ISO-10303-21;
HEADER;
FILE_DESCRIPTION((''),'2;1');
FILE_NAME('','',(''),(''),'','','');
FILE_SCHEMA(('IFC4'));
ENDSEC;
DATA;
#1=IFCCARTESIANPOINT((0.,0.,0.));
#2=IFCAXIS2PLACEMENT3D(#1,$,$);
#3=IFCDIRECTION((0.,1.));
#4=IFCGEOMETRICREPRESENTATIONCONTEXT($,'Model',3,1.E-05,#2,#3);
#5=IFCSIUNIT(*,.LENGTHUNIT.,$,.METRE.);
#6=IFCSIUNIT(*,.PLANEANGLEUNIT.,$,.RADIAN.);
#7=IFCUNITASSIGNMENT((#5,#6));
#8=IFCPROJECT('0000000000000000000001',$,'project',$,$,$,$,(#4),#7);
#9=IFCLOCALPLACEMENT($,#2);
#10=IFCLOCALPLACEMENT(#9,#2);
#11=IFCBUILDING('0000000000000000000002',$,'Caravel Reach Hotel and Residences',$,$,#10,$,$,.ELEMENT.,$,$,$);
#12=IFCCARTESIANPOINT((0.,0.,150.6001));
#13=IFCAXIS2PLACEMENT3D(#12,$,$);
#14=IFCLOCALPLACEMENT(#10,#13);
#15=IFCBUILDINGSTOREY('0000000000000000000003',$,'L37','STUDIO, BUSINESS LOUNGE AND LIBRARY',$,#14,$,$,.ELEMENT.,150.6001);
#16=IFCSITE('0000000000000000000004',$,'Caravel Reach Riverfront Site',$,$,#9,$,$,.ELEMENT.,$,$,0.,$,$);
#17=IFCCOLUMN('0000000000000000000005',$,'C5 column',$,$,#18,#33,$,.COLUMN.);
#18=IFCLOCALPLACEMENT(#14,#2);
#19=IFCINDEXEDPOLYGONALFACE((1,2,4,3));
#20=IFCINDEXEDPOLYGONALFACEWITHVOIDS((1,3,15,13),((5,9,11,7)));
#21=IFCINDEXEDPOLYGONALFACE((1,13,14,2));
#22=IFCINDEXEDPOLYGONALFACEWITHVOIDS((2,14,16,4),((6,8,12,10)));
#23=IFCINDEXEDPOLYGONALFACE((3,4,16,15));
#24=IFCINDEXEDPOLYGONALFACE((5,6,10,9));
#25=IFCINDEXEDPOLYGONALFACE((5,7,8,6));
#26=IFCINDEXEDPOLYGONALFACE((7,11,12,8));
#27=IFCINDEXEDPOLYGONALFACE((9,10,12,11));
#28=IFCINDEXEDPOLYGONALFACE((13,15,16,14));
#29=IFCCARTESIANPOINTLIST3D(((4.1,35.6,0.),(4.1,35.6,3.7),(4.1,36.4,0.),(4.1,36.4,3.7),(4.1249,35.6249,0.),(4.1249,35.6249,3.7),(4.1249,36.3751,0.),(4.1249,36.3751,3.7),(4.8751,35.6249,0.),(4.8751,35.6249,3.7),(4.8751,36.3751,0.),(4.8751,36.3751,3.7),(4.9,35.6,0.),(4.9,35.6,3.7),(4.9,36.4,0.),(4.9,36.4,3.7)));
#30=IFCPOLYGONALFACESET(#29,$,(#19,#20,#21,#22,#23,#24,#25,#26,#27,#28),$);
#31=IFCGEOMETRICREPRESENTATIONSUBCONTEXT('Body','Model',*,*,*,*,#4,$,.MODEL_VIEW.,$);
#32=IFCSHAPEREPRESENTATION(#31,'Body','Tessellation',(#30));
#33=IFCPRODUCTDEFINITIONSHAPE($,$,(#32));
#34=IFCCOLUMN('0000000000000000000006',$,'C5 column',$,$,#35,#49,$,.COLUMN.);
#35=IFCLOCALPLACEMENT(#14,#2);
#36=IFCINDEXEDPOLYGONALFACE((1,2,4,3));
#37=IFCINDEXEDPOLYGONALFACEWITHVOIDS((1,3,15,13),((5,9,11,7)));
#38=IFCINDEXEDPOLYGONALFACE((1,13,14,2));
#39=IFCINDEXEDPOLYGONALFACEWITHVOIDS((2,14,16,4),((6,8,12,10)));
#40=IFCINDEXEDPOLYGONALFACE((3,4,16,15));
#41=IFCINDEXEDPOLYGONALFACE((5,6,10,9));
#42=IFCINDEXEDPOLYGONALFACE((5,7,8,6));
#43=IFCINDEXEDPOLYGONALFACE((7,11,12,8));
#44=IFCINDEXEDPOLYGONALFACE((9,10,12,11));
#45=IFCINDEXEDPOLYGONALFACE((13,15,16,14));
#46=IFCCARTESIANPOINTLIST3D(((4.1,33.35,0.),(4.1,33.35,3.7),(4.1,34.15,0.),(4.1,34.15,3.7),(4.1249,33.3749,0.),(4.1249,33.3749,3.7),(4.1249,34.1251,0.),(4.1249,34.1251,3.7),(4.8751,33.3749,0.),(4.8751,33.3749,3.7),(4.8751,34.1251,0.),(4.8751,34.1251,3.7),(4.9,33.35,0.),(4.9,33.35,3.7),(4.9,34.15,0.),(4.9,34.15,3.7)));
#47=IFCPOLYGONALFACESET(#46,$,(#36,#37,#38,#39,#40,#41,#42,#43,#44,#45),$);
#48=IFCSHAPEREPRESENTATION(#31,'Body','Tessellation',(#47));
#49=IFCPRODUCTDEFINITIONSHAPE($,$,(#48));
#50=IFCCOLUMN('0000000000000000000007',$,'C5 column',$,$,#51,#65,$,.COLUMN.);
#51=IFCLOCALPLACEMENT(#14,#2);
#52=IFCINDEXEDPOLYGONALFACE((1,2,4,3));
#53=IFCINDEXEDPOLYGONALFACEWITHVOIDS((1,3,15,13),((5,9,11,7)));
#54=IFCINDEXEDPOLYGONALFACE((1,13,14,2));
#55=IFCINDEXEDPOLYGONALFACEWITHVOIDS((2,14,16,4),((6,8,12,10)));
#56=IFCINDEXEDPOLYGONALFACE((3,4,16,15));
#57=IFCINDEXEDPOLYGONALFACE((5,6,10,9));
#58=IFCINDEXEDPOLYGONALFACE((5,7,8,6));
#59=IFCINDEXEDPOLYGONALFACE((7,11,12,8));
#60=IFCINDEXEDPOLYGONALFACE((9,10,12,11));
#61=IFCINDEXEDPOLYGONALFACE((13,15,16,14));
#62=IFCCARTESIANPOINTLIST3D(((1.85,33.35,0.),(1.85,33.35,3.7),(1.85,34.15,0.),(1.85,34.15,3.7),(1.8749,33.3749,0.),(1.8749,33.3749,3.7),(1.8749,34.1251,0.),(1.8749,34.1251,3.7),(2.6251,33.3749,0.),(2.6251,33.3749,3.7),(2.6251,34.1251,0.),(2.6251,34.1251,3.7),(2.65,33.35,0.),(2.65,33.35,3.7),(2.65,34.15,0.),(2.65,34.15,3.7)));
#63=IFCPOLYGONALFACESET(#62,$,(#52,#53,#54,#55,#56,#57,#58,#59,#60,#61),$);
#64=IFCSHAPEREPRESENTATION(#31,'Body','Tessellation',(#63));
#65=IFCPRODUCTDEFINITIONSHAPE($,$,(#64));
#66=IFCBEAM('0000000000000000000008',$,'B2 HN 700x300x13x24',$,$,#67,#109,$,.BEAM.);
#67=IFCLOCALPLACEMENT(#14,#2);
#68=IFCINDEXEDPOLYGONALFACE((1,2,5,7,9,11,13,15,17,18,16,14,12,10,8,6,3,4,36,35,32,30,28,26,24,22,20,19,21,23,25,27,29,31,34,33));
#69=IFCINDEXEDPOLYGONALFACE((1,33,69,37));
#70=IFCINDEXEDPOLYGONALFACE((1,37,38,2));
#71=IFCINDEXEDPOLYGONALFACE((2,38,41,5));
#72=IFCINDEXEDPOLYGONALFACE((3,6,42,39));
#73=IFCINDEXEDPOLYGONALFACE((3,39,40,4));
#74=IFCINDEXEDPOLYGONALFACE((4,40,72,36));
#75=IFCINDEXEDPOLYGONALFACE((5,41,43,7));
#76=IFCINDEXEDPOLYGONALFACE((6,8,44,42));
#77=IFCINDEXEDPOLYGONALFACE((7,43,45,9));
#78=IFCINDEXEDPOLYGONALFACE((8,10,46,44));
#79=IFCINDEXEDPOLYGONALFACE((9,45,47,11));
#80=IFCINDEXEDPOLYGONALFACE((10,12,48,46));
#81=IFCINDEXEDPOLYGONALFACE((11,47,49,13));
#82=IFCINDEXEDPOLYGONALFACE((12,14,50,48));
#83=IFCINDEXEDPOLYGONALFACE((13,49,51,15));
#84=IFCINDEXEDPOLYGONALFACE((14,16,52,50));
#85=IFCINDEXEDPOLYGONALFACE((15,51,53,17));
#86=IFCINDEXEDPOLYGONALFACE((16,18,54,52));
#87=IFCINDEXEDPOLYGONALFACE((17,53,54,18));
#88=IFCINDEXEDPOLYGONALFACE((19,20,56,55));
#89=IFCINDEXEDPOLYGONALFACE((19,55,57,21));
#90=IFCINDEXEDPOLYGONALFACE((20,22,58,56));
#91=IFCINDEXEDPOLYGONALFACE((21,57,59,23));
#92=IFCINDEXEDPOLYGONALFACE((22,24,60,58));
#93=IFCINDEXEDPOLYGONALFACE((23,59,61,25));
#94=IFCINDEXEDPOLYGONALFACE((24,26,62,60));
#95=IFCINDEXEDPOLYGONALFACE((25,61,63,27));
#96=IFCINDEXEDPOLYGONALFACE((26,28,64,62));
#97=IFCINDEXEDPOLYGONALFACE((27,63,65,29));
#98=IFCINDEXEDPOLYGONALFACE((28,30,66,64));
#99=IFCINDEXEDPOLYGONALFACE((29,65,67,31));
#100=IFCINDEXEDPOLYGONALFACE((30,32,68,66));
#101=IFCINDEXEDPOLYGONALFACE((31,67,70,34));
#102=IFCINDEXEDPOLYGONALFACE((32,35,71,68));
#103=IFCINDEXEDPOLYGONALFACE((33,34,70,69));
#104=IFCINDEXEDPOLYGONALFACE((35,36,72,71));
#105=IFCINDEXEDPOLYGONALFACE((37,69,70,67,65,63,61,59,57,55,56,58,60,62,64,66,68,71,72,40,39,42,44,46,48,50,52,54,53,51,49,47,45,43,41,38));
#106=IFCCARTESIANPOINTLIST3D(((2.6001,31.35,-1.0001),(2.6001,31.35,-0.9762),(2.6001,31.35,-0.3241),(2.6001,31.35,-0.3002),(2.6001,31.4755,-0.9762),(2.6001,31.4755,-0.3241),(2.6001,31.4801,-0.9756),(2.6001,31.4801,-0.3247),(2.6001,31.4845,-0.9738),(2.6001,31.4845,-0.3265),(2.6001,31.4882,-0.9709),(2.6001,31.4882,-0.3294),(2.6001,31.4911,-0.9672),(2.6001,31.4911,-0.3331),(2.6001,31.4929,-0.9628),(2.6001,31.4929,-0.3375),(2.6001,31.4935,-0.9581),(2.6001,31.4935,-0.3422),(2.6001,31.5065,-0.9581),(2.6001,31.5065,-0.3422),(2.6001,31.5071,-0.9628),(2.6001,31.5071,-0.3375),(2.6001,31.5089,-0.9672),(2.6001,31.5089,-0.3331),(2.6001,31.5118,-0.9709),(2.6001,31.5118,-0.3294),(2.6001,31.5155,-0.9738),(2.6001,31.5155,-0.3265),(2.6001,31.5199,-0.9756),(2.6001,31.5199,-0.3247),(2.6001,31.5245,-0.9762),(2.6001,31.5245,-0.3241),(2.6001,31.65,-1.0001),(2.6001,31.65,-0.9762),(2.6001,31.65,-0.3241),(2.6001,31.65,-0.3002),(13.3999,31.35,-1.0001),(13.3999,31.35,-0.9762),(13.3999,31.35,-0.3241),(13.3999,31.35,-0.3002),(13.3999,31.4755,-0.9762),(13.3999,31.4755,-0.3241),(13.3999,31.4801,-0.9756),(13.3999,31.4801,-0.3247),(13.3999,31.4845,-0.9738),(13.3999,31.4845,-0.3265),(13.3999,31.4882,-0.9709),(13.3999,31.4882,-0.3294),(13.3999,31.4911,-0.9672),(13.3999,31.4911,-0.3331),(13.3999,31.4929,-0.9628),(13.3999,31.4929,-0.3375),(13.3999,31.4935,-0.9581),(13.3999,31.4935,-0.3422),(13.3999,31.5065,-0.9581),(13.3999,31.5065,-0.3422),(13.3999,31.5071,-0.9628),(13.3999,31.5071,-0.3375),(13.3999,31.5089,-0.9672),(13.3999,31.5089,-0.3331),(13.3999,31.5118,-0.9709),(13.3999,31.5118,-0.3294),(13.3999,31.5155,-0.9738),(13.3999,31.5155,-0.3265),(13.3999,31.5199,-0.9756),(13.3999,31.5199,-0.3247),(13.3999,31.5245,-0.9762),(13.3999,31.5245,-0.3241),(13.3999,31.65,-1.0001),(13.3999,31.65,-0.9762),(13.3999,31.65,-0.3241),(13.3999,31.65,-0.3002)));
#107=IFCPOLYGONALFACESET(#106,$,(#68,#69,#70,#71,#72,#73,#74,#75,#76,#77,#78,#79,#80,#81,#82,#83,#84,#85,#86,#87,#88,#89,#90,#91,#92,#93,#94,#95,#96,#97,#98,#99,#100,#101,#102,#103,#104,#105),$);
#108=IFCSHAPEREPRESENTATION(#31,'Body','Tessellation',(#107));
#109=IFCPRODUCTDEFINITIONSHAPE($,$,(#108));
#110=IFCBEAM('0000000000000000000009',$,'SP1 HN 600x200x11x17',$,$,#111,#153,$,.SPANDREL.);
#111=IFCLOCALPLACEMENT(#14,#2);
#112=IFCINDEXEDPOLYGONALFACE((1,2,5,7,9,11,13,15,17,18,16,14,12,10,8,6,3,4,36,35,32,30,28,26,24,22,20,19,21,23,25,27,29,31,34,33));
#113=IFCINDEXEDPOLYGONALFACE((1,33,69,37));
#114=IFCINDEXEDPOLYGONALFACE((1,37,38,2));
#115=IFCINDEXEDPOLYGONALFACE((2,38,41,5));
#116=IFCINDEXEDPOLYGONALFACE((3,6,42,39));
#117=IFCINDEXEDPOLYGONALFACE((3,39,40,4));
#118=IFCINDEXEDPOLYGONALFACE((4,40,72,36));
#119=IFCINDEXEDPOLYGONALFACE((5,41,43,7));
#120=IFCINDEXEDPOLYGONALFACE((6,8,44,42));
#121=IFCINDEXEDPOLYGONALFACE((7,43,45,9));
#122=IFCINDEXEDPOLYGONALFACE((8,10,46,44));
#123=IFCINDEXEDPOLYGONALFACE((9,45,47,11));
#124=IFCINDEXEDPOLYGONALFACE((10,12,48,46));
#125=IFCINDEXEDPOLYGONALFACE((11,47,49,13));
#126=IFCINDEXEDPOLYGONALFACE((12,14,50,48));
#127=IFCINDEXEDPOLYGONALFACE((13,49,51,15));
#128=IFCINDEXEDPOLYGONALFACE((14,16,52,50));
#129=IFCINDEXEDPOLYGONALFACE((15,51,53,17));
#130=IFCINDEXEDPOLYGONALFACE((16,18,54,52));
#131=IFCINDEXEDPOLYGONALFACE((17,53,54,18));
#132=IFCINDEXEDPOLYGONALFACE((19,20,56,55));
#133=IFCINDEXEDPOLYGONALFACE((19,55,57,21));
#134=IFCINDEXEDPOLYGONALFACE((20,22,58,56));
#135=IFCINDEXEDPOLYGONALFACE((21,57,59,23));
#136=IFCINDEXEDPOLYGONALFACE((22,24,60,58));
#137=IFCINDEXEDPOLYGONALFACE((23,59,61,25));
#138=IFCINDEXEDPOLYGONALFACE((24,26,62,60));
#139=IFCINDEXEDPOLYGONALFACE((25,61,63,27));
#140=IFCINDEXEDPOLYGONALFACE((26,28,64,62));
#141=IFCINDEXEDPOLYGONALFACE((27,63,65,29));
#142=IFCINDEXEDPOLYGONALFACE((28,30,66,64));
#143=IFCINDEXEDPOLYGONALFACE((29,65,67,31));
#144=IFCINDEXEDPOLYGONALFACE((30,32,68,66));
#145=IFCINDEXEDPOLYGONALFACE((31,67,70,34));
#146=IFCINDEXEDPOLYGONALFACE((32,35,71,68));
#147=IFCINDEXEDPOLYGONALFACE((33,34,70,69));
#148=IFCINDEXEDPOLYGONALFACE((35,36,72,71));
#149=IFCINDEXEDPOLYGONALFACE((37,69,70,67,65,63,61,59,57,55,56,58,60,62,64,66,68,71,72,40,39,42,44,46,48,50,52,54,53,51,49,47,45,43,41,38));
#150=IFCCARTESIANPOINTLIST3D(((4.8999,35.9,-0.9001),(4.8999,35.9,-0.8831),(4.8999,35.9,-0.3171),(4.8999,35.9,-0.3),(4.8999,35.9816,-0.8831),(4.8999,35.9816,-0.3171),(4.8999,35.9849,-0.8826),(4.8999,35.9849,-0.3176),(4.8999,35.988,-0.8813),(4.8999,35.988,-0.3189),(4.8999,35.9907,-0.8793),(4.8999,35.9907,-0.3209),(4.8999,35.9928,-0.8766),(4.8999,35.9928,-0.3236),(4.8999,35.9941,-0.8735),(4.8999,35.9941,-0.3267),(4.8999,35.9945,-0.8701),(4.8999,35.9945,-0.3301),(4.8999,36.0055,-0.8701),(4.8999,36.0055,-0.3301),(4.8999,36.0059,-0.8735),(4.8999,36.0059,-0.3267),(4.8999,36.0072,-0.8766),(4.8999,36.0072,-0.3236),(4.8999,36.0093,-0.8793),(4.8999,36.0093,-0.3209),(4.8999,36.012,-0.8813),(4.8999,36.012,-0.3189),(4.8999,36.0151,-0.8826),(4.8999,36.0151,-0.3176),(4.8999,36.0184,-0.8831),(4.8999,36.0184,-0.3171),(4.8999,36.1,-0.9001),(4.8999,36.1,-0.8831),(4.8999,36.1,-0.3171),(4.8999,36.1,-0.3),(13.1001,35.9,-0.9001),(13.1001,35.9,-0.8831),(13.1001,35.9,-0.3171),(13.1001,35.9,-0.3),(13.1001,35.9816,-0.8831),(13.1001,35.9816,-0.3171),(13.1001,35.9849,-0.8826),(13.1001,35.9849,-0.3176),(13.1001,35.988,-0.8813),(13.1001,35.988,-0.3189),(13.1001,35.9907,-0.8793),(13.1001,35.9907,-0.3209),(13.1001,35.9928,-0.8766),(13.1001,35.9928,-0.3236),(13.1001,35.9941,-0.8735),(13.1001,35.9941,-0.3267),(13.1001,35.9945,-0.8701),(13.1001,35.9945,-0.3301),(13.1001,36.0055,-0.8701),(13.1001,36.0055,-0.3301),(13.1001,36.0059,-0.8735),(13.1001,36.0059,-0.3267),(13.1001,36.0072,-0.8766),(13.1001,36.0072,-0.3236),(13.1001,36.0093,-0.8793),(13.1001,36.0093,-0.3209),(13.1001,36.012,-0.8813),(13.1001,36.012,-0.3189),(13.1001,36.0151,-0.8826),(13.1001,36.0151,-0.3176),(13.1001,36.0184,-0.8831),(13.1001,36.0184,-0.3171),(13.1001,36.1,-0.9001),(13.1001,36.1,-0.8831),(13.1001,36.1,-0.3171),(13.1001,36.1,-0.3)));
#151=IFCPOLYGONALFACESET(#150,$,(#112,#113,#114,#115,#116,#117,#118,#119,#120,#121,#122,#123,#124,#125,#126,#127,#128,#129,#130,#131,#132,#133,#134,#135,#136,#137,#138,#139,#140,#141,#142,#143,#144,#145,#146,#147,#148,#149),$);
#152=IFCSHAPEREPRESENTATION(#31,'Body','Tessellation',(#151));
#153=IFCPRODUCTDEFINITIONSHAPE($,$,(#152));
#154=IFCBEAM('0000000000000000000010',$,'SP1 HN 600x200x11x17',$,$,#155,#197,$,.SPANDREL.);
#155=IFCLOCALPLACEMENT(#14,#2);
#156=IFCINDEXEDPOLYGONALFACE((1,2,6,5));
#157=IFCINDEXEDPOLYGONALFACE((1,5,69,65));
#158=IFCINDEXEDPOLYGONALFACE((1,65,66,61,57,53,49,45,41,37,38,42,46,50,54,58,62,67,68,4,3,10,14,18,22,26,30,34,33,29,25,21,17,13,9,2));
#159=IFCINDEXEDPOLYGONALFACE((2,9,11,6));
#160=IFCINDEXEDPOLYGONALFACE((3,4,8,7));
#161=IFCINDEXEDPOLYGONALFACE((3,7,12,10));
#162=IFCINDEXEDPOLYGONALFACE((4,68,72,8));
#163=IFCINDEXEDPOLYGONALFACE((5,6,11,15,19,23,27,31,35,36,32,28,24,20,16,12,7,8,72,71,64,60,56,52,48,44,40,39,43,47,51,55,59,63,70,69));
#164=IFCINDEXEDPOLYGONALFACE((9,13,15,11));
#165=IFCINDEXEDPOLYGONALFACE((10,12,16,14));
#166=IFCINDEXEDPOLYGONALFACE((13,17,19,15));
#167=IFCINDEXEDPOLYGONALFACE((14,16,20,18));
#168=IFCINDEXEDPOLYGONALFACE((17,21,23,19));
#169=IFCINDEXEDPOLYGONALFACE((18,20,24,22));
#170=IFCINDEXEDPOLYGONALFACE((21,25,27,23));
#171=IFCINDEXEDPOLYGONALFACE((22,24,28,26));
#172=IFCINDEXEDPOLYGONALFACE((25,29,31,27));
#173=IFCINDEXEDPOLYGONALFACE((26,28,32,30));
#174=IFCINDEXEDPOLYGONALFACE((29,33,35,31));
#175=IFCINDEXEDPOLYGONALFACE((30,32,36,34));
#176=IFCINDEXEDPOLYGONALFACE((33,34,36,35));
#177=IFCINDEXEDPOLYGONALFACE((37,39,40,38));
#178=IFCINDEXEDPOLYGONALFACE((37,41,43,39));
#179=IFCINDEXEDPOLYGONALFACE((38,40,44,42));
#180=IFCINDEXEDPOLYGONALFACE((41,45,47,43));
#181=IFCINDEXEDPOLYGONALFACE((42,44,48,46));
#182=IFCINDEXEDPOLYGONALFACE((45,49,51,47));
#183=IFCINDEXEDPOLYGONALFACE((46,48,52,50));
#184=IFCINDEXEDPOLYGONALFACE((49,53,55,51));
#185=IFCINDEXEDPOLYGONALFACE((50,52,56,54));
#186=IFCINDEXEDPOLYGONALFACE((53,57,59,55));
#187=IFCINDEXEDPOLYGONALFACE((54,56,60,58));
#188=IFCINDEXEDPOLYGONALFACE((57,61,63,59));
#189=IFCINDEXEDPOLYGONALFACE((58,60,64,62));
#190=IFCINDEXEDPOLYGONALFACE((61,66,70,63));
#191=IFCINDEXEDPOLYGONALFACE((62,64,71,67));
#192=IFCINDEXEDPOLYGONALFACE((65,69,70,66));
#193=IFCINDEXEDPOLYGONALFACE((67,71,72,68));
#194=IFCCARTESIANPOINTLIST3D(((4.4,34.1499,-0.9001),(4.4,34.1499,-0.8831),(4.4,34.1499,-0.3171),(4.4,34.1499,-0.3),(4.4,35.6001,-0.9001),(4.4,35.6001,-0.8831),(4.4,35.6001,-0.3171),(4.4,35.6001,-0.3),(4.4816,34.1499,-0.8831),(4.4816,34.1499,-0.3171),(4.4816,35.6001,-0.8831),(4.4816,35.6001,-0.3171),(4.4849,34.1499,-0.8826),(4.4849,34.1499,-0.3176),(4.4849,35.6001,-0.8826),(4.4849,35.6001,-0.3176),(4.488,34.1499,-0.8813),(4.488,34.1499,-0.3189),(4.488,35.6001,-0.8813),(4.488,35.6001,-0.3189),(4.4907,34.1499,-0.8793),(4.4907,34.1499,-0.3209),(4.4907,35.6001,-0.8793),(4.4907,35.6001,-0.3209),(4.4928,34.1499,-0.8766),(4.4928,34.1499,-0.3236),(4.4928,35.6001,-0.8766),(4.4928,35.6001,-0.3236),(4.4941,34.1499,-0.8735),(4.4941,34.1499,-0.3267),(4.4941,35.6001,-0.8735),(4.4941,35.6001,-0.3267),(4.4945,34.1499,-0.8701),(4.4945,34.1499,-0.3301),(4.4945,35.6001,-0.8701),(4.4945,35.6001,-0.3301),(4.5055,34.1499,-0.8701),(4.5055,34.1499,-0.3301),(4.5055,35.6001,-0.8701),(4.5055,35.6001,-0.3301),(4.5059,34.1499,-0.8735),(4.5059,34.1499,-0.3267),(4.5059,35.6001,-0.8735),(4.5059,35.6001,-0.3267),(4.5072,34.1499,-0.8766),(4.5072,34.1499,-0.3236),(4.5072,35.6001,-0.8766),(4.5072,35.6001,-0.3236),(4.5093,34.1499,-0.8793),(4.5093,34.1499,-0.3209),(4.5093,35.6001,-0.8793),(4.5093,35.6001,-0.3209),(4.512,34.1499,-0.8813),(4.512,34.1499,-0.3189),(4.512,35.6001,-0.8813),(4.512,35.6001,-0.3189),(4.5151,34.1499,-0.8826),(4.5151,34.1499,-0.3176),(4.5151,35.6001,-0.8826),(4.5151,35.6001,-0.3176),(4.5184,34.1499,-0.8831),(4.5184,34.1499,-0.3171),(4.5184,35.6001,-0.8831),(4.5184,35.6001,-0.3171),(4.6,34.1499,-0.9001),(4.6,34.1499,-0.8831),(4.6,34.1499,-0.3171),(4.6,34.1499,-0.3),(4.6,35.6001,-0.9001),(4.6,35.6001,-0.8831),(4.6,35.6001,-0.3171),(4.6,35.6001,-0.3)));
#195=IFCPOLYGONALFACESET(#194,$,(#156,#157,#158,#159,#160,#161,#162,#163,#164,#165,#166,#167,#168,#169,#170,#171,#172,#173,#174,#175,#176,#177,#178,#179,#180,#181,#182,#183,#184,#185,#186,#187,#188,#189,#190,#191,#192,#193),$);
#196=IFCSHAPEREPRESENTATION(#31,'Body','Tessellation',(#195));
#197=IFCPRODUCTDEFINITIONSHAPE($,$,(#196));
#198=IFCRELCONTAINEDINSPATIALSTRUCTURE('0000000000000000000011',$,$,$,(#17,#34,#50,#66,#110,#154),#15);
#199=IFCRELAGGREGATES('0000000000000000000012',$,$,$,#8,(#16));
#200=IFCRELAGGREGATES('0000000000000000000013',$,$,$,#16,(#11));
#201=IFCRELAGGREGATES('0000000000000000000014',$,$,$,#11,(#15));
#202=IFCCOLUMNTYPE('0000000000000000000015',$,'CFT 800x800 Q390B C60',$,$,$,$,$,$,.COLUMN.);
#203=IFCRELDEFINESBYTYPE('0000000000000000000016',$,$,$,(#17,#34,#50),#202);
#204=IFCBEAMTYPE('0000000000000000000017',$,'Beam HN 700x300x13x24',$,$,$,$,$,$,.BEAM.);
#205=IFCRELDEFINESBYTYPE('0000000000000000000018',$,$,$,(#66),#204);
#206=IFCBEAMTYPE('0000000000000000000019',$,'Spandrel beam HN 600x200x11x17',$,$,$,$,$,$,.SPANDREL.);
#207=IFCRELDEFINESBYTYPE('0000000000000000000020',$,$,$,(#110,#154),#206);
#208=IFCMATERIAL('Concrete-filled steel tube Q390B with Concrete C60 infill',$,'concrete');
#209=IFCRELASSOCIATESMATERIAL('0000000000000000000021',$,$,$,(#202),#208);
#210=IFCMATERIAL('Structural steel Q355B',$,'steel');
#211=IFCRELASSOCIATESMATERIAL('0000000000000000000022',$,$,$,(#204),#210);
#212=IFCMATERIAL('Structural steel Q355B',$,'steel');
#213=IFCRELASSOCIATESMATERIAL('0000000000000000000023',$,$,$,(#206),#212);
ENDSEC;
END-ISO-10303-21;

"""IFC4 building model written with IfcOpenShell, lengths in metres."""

from ifc_helpers import new_model, si_unit, direction, frame, origin, origin_2d, place, context, subcontext, project, spatial, hollow_rectangle, i_section, extrude, material, material_profile, profile_set, type_object, element, save


model = new_model("IFC4")

# Units and contexts
model_context = context("Model", 3, precision=1e-05, world=origin(), true_north=direction((0.0, 1.0)))
body_context = subcontext(model_context, "Body", "Model", "MODEL_VIEW")
ifc_project = project(units=[si_unit("LENGTHUNIT", "METRE"), si_unit("PLANEANGLEUNIT", "RADIAN")], contexts=[model_context])

# Site, building, storey
site_placement = place(None, origin())
site = spatial("IfcSite", under=ifc_project, at=site_placement, Name="Caravel Reach Riverfront Site", CompositionType="ELEMENT", RefElevation=0.0)
building_placement = place(site_placement, origin())
building = spatial("IfcBuilding", under=site, at=building_placement, Name="Caravel Reach Hotel and Residences", CompositionType="ELEMENT")
storey_placement = place(building_placement, frame((0.0, 0.0, 150.6001)))
storey = spatial("IfcBuildingStorey", under=building, at=storey_placement, Name="L37", Description="STUDIO, BUSINESS LOUNGE AND LIBRARY", CompositionType="ELEMENT", Elevation=150.6001)

# Columns
ifc_material_1 = material(Name="Concrete-filled steel tube Q390B with Concrete C60 infill", Category="concrete")
ifc_material_profile_1 = material_profile(ifc_material_1, hollow_rectangle(XDim=0.8, YDim=0.8, WallThickness=0.0249, at=origin_2d()), Name="RHS 800x800x25")
ifc_profile_set_1 = profile_set([ifc_material_profile_1], Name="Concrete-filled steel tube Q390B with Concrete C60 infill")
column_type = type_object("IfcColumnType", Name="CFT 800x800 Q390B C60", PredefinedType="COLUMN", material=ifc_profile_set_1)
for number, where, z_axis, x_axis, name in (
    (1, (4.5, 36.0, 0.0), (0.0, 0.0, 1.0), (1.0, 0.0, 0.0), "C5 column"),
    (2, (4.5, 33.75, 0.0), (0.0, 0.0, 1.0), (1.0, 0.0, 0.0), "C5 column"),
    (3, (2.25, 33.75, 0.0), (0.0, 0.0, 1.0), (1.0, 0.0, 0.0), "C5 column"),
):
    element("IfcColumn", number, at=place(storey_placement, frame(where, z_axis=z_axis, x_axis=x_axis)), inside=storey, type_object=column_type, Name=name, PredefinedType="COLUMN", context=body_context, shape_type="SweptSolid", body=[
        extrude(hollow_rectangle(XDim=0.8, YDim=0.8, WallThickness=0.0249, at=origin_2d()), origin(), (0.0, 0.0, 1.0), 3.7),
    ])

# Beams
ifc_material_2 = material(Name="Structural steel Q355B", Category="steel")
ifc_material_profile_2 = material_profile(ifc_material_2, i_section(OverallWidth=0.3, OverallDepth=0.7, WebThickness=0.0129, FlangeThickness=0.0239, FilletRadius=0.0181, at=origin_2d()), Name="HN 700x300x13x24")
ifc_profile_set_2 = profile_set([ifc_material_profile_2], Name="Structural steel Q355B")
beam_type_1 = type_object("IfcBeamType", Name="Beam HN 700x300x13x24", PredefinedType="BEAM", material=ifc_profile_set_2)
beam_1_placement = place(storey_placement, frame((13.3999, 31.5, -0.6501), z_axis=(-1.0, 0.0, 0.0), x_axis=(0.0, -1.0, 0.0)))
element("IfcBeam", 4, at=beam_1_placement, inside=storey, type_object=beam_type_1, Name="B2 HN 700x300x13x24", PredefinedType="BEAM", context=body_context, shape_type="SweptSolid", body=[
    extrude(i_section(OverallWidth=0.3, OverallDepth=0.7, WebThickness=0.0129, FlangeThickness=0.0239, FilletRadius=0.0181, at=origin_2d()), origin(), (0.0, 0.0, 1.0), 10.7998),
])
ifc_material_3 = material(Name="Structural steel Q355B", Category="steel")
ifc_material_profile_3 = material_profile(ifc_material_3, i_section(OverallWidth=0.2, OverallDepth=0.6001, WebThickness=0.011, FlangeThickness=0.0171, FilletRadius=0.0129, at=origin_2d()), Name="HN 600x200x11x17")
ifc_profile_set_3 = profile_set([ifc_material_profile_3], Name="Structural steel Q355B")
beam_type_2 = type_object("IfcBeamType", Name="Spandrel beam HN 600x200x11x17", PredefinedType="SPANDREL", material=ifc_profile_set_3)
beam_2_placement = place(storey_placement, frame((13.1001, 36.0, -0.6001), z_axis=(-1.0, 0.0, 0.0), x_axis=(0.0, -1.0, 0.0)))
element("IfcBeam", 5, at=beam_2_placement, inside=storey, type_object=beam_type_2, Name="SP1 HN 600x200x11x17", PredefinedType="SPANDREL", context=body_context, shape_type="SweptSolid", body=[
    extrude(i_section(OverallWidth=0.2, OverallDepth=0.6001, WebThickness=0.011, FlangeThickness=0.0171, FilletRadius=0.0129, at=origin_2d()), origin(), (0.0, 0.0, 1.0), 8.2002),
])
for number, where, z_axis, x_axis, name in (
    (6, (4.5, 35.6001, -0.6001), (0.0, -1.0, 0.0), (1.0, 0.0, 0.0), "SP1 HN 600x200x11x17"),
):
    element("IfcBeam", number, at=place(storey_placement, frame(where, z_axis=z_axis, x_axis=x_axis)), inside=storey, type_object=beam_type_2, Name=name, PredefinedType="SPANDREL", context=body_context, shape_type="SweptSolid", body=[
        extrude(i_section(OverallWidth=0.2, OverallDepth=0.6001, WebThickness=0.011, FlangeThickness=0.0171, FilletRadius=0.0129, at=origin_2d()), origin(), (0.0, 0.0, 1.0), 1.4502),
    ])

save(model, "model.ifc")
